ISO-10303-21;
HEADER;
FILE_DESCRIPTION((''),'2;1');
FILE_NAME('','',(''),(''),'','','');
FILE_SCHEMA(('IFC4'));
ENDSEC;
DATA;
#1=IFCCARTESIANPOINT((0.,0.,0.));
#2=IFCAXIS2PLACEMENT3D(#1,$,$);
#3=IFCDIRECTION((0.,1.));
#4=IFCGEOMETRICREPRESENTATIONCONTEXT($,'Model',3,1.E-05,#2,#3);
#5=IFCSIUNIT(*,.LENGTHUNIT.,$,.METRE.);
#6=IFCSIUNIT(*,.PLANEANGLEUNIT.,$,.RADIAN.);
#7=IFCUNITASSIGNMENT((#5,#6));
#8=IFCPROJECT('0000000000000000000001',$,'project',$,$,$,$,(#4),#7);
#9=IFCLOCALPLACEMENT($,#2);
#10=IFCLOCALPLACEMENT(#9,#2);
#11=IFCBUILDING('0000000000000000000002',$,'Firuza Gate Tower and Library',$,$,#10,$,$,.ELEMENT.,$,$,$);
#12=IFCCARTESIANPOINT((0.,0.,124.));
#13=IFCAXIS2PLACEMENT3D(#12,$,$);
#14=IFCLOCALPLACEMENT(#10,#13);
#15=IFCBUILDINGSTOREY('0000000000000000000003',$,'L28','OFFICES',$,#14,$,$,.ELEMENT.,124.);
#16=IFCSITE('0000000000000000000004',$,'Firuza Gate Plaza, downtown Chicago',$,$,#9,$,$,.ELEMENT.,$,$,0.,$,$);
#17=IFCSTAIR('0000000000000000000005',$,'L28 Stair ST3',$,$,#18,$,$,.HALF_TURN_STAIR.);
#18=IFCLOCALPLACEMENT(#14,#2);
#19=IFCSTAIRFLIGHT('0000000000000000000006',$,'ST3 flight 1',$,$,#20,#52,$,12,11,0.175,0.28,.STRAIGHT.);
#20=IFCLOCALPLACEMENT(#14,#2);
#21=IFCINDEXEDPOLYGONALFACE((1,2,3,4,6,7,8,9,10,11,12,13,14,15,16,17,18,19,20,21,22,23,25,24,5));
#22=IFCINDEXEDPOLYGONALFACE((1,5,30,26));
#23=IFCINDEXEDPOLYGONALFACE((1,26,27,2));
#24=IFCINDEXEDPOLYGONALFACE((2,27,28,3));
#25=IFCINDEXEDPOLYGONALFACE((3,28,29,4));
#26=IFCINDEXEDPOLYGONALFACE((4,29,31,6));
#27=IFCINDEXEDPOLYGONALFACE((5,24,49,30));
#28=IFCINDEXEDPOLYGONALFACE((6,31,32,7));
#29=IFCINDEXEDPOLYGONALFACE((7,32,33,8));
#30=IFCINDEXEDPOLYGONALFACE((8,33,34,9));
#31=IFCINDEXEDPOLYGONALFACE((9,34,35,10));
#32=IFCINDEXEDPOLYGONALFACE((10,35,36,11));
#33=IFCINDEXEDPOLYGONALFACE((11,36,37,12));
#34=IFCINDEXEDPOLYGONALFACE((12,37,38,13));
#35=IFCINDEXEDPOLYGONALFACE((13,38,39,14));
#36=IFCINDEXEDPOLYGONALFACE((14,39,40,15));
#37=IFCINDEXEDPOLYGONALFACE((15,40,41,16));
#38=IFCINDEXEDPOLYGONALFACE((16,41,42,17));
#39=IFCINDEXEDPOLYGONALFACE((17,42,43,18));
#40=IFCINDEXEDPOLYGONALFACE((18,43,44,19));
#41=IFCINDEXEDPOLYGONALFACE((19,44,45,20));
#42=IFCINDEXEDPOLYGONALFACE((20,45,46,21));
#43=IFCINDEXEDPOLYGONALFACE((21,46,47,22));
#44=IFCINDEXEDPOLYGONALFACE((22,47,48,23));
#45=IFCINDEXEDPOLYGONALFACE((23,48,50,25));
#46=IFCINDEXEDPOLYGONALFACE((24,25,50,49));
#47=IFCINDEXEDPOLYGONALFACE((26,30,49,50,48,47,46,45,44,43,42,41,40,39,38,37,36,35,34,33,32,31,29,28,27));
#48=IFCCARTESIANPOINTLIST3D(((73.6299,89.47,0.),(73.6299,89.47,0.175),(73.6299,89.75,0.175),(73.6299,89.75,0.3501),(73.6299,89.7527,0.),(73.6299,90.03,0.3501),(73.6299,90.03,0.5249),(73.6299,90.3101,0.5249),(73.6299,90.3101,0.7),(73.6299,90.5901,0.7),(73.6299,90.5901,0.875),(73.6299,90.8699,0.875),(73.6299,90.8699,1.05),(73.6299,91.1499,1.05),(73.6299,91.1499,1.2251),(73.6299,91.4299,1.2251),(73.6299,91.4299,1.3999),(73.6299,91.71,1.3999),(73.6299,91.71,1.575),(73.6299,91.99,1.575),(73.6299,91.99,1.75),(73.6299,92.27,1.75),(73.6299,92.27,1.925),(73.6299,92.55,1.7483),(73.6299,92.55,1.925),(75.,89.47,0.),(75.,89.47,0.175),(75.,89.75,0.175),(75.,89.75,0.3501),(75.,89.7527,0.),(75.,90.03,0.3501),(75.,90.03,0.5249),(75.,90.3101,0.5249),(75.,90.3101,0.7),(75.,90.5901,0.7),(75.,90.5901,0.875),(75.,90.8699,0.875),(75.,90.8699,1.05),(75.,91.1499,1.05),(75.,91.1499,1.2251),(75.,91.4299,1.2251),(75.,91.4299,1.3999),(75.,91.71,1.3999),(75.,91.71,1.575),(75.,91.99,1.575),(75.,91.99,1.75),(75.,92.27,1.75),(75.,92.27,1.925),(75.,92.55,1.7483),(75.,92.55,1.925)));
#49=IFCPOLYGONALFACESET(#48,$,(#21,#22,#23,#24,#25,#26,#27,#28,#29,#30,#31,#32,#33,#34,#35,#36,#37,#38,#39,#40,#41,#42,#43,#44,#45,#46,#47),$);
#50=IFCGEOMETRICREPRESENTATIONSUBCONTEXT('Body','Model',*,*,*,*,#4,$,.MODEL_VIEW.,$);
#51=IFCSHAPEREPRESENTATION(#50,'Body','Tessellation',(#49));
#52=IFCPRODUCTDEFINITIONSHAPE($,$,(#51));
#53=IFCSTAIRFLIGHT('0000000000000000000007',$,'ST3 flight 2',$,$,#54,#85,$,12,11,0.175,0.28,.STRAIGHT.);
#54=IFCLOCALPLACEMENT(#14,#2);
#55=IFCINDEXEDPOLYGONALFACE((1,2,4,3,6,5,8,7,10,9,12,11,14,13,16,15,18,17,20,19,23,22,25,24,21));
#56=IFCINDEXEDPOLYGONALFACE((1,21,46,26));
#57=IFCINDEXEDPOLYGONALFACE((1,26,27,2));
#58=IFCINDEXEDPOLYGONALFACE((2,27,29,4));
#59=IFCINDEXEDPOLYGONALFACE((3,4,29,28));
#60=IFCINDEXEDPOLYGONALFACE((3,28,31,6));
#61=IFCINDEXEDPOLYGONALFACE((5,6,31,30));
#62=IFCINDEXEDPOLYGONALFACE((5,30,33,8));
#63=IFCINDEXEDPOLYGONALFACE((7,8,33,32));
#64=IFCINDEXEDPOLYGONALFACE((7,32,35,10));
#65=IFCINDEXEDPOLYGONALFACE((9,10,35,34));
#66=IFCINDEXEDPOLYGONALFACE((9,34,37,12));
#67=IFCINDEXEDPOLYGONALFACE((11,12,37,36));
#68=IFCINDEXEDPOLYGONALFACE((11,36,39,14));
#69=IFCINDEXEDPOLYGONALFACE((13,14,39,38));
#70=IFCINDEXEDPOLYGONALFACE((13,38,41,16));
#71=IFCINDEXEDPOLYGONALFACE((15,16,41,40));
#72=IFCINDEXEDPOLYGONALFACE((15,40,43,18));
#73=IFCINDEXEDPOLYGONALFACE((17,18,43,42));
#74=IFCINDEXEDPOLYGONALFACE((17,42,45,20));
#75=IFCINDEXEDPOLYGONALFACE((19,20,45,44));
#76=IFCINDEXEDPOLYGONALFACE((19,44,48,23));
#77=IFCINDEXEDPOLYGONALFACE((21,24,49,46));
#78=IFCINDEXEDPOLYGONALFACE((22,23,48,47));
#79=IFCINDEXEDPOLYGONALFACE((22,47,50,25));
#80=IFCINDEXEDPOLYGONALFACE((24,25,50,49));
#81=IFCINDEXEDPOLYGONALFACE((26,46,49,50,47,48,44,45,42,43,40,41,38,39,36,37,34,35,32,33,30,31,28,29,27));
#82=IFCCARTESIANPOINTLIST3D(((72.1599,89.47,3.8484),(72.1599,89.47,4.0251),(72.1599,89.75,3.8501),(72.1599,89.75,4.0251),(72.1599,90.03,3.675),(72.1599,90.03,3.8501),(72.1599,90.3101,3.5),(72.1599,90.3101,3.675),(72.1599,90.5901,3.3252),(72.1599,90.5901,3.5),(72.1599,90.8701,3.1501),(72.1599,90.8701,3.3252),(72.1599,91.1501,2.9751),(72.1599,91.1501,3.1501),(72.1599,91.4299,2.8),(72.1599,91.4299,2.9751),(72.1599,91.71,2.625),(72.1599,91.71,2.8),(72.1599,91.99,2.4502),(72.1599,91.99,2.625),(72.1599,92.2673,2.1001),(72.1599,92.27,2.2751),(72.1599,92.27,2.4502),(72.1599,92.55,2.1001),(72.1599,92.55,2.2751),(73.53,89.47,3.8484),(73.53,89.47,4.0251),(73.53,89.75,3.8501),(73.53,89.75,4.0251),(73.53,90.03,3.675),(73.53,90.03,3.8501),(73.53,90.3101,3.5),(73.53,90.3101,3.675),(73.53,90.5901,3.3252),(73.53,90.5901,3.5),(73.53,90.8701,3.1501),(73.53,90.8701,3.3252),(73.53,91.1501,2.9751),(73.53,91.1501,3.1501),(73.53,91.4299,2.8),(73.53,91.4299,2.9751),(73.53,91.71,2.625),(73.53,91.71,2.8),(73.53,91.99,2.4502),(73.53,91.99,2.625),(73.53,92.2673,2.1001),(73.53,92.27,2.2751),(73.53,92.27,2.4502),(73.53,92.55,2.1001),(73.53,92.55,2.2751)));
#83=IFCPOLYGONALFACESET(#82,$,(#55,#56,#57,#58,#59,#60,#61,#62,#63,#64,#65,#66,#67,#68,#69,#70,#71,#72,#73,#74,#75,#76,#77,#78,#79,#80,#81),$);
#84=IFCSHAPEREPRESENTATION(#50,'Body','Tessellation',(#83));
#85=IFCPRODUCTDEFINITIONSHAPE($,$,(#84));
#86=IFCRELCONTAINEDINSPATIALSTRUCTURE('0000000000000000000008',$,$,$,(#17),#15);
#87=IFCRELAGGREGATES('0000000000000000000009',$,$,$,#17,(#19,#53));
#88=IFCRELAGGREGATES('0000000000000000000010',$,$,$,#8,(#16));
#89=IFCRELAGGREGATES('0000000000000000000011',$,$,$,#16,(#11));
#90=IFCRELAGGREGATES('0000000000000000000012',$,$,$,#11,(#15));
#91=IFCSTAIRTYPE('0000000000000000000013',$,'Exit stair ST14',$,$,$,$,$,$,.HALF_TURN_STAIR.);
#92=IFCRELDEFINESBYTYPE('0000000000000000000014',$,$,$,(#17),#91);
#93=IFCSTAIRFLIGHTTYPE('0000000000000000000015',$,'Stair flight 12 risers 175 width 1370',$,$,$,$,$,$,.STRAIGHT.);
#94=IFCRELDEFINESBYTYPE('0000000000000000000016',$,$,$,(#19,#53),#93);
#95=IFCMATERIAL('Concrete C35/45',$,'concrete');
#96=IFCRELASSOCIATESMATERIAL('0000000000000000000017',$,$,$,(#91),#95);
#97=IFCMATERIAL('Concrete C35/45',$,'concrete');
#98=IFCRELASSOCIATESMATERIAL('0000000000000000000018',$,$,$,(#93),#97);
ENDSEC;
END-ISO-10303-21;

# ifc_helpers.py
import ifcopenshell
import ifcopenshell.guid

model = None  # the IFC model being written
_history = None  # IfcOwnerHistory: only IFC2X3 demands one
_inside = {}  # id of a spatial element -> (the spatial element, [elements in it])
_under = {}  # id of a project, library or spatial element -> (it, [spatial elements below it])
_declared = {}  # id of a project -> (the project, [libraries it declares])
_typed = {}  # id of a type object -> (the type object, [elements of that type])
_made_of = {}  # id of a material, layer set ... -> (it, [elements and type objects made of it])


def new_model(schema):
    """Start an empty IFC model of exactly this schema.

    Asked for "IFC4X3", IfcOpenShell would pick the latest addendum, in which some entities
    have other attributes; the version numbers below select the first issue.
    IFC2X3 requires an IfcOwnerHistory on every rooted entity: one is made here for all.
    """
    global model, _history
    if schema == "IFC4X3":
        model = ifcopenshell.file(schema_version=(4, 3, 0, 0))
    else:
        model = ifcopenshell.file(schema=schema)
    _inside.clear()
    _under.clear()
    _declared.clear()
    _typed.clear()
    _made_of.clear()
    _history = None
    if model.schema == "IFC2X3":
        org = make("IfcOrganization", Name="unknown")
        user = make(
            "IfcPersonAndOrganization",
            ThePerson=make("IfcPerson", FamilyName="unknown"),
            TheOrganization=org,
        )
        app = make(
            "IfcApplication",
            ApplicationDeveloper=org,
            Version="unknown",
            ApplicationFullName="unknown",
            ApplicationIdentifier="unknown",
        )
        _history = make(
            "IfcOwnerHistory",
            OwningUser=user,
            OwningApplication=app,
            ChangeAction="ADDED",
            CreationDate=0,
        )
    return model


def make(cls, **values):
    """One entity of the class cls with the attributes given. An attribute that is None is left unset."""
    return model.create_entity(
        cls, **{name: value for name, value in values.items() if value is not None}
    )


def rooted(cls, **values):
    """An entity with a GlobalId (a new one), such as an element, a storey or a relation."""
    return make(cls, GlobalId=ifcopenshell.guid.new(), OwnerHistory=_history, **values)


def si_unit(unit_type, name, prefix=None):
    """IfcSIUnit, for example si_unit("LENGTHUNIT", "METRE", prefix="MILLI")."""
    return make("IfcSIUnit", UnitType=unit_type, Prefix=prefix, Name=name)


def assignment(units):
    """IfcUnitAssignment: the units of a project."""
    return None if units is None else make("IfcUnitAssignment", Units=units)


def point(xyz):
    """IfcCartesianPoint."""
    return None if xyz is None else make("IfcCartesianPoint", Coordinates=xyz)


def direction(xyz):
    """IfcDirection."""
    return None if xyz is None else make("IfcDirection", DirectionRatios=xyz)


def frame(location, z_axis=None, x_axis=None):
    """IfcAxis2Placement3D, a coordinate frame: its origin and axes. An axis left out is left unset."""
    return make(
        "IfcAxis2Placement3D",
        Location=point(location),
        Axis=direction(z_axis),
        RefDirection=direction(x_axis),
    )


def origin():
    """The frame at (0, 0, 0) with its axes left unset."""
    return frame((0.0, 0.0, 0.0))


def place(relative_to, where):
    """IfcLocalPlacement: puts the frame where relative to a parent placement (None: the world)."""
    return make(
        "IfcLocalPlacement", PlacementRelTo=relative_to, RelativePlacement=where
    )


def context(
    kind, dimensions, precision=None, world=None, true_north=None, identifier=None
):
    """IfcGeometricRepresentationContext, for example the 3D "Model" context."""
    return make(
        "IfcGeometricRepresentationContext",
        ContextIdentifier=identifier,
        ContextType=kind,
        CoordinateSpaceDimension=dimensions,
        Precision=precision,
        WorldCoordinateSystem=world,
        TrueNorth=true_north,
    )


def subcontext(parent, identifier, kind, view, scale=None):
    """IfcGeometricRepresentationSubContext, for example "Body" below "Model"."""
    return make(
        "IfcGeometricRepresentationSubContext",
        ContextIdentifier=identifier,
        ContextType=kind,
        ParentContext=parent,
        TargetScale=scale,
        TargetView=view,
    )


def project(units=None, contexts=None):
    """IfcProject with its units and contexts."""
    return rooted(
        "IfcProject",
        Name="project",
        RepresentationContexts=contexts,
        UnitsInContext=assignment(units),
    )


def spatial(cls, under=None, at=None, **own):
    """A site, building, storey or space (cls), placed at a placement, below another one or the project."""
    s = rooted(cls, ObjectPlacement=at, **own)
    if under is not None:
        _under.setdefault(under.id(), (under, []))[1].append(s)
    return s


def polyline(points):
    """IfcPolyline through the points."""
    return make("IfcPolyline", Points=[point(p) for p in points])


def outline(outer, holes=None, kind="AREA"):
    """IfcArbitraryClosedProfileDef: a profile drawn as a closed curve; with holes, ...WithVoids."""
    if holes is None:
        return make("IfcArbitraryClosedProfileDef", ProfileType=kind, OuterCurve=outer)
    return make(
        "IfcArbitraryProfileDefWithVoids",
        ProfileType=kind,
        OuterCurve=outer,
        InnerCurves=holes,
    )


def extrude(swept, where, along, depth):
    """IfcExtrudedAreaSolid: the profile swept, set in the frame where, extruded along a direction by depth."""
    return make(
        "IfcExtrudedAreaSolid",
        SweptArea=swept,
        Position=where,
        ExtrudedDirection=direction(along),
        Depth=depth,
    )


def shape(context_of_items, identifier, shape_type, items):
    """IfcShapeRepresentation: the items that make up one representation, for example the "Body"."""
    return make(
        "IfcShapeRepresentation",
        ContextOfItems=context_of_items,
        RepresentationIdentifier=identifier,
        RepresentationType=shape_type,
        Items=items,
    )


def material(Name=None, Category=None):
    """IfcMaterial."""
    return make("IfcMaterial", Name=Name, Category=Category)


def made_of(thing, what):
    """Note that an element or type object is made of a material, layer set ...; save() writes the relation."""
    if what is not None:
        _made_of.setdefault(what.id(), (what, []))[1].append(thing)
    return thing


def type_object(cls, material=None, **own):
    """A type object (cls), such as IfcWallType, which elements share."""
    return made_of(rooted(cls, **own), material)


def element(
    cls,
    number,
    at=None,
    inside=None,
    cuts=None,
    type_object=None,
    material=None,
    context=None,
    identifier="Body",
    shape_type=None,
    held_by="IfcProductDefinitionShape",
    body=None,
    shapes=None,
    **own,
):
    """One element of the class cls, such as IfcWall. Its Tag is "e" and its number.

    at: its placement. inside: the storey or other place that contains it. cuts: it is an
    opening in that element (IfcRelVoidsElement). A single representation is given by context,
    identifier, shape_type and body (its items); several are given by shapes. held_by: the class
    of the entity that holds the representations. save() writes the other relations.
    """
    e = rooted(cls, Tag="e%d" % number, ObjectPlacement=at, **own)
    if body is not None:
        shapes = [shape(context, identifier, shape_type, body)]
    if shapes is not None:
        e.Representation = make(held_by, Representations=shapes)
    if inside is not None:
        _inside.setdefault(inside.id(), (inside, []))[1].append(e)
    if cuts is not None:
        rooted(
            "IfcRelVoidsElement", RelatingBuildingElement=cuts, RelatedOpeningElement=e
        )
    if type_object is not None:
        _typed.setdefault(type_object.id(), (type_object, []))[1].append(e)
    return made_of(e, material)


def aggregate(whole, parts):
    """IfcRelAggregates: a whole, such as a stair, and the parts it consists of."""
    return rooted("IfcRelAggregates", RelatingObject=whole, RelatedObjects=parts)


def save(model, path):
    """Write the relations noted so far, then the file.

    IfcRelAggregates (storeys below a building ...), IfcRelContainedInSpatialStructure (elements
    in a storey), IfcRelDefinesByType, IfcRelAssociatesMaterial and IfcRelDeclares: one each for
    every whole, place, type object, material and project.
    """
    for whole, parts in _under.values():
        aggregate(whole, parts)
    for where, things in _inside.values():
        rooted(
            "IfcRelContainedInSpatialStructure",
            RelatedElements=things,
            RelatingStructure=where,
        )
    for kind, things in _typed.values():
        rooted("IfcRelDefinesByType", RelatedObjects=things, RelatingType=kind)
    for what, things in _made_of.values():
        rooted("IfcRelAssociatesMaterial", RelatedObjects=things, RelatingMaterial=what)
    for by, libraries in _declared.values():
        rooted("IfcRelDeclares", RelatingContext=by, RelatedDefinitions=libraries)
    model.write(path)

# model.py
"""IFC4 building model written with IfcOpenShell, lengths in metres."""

from ifc_helpers import new_model, si_unit, direction, frame, origin, place, context, subcontext, project, spatial, polyline, outline, extrude, material, type_object, element, aggregate, save


model = new_model("IFC4")

# Units and contexts
model_context = context("Model", 3, precision=1e-05, world=origin(), true_north=direction((0.0, 1.0)))
body_context = subcontext(model_context, "Body", "Model", "MODEL_VIEW")
ifc_project = project(units=[si_unit("LENGTHUNIT", "METRE"), si_unit("PLANEANGLEUNIT", "RADIAN")], contexts=[model_context])

# Site, building, storey
site_placement = place(None, origin())
site = spatial("IfcSite", under=ifc_project, at=site_placement, Name="Firuza Gate Plaza, downtown Chicago", CompositionType="ELEMENT", RefElevation=0.0)
building_placement = place(site_placement, origin())
building = spatial("IfcBuilding", under=site, at=building_placement, Name="Firuza Gate Tower and Library", CompositionType="ELEMENT")
storey_placement = place(building_placement, frame((0.0, 0.0, 124.0)))
storey = spatial("IfcBuildingStorey", under=building, at=storey_placement, Name="L28", Description="OFFICES", CompositionType="ELEMENT", Elevation=124.0)

# Shared definitions
placement = place(storey_placement, origin())

# Stair, stair flights
ifc_material_1 = material(Name="Concrete C35/45", Category="concrete")
stair_type = type_object("IfcStairType", Name="Exit stair ST14", PredefinedType="HALF_TURN_STAIR", material=ifc_material_1)
stair = element("IfcStair", 1, at=placement, inside=storey, type_object=stair_type, Name="L28 Stair ST3", PredefinedType="HALF_TURN_STAIR")
ifc_material_2 = material(Name="Concrete C35/45", Category="concrete")
stair_flight_type = type_object("IfcStairFlightType", Name="Stair flight 12 risers 175 width 1370", PredefinedType="STRAIGHT", material=ifc_material_2)
stair_flight_1_placement = place(storey_placement, frame((74.3149, 89.47, 0.0), z_axis=(0.0, 0.0, 1.0), x_axis=(0.0, 1.0, 0.0)))
stair_flight_1 = element("IfcStairFlight", 2, at=stair_flight_1_placement, type_object=stair_flight_type, Name="ST3 flight 1", NumberOfRisers=12, NumberOfTreads=11, PredefinedType="STRAIGHT", RiserHeight=0.175, TreadLength=0.28, context=body_context, shape_type="SweptSolid", body=[
    extrude(outline(polyline([(0.0, 0.0), (0.0, 0.175), (0.28, 0.175), (0.28, 0.3501), (0.5601, 0.3501), (0.5601, 0.5249), (0.8401, 0.5249), (0.8401, 0.7), (1.1201, 0.7), (1.1201, 0.875), (1.3999, 0.875), (1.3999, 1.05), (1.6799, 1.05), (1.6799, 1.2251), (1.96, 1.2251), (1.96, 1.3999), (2.24, 1.3999), (2.24, 1.575), (2.52, 1.575), (2.52, 1.75), (2.8, 1.75), (2.8, 1.925), (3.0801, 1.925), (3.0801, 2.1001), (3.0801, 1.7483), (0.2827, 0.0), (0.0, 0.0)])), frame((0.0, 0.6851, 0.0), z_axis=(0.0, -1.0, 0.0), x_axis=(1.0, 0.0, 0.0)), (0.0, 0.0, 1.0), 1.3701),
])
stair_flight_2_placement = place(storey_placement, frame((72.845, 92.55, 2.1001), z_axis=(0.0, 0.0, 1.0), x_axis=(0.0, -1.0, 0.0)))
stair_flight_2 = element("IfcStairFlight", 3, at=stair_flight_2_placement, type_object=stair_flight_type, Name="ST3 flight 2", NumberOfRisers=12, NumberOfTreads=11, PredefinedType="STRAIGHT", RiserHeight=0.175, TreadLength=0.28, context=body_context, shape_type="SweptSolid", body=[
    extrude(outline(polyline([(0.0, 0.0), (0.0, 0.175), (0.28, 0.175), (0.28, 0.3501), (0.5601, 0.3501), (0.5601, 0.5249), (0.8401, 0.5249), (0.8401, 0.7), (1.1201, 0.7), (1.1201, 0.875), (1.3999, 0.875), (1.3999, 1.05), (1.6799, 1.05), (1.6799, 1.2251), (1.96, 1.2251), (1.96, 1.3999), (2.24, 1.3999), (2.24, 1.575), (2.52, 1.575), (2.52, 1.75), (2.8, 1.75), (2.8, 1.925), (3.0801, 1.925), (3.0801, 2.1001), (3.0801, 1.7483), (0.2827, 0.0), (0.0, 0.0)])), frame((0.0, 0.6851, 0.0), z_axis=(0.0, -1.0, 0.0), x_axis=(1.0, 0.0, 0.0)), (0.0, 0.0, 1.0), 1.3701),
])
aggregate(stair, [stair_flight_1, stair_flight_2])

save(model, "model.ifc")
